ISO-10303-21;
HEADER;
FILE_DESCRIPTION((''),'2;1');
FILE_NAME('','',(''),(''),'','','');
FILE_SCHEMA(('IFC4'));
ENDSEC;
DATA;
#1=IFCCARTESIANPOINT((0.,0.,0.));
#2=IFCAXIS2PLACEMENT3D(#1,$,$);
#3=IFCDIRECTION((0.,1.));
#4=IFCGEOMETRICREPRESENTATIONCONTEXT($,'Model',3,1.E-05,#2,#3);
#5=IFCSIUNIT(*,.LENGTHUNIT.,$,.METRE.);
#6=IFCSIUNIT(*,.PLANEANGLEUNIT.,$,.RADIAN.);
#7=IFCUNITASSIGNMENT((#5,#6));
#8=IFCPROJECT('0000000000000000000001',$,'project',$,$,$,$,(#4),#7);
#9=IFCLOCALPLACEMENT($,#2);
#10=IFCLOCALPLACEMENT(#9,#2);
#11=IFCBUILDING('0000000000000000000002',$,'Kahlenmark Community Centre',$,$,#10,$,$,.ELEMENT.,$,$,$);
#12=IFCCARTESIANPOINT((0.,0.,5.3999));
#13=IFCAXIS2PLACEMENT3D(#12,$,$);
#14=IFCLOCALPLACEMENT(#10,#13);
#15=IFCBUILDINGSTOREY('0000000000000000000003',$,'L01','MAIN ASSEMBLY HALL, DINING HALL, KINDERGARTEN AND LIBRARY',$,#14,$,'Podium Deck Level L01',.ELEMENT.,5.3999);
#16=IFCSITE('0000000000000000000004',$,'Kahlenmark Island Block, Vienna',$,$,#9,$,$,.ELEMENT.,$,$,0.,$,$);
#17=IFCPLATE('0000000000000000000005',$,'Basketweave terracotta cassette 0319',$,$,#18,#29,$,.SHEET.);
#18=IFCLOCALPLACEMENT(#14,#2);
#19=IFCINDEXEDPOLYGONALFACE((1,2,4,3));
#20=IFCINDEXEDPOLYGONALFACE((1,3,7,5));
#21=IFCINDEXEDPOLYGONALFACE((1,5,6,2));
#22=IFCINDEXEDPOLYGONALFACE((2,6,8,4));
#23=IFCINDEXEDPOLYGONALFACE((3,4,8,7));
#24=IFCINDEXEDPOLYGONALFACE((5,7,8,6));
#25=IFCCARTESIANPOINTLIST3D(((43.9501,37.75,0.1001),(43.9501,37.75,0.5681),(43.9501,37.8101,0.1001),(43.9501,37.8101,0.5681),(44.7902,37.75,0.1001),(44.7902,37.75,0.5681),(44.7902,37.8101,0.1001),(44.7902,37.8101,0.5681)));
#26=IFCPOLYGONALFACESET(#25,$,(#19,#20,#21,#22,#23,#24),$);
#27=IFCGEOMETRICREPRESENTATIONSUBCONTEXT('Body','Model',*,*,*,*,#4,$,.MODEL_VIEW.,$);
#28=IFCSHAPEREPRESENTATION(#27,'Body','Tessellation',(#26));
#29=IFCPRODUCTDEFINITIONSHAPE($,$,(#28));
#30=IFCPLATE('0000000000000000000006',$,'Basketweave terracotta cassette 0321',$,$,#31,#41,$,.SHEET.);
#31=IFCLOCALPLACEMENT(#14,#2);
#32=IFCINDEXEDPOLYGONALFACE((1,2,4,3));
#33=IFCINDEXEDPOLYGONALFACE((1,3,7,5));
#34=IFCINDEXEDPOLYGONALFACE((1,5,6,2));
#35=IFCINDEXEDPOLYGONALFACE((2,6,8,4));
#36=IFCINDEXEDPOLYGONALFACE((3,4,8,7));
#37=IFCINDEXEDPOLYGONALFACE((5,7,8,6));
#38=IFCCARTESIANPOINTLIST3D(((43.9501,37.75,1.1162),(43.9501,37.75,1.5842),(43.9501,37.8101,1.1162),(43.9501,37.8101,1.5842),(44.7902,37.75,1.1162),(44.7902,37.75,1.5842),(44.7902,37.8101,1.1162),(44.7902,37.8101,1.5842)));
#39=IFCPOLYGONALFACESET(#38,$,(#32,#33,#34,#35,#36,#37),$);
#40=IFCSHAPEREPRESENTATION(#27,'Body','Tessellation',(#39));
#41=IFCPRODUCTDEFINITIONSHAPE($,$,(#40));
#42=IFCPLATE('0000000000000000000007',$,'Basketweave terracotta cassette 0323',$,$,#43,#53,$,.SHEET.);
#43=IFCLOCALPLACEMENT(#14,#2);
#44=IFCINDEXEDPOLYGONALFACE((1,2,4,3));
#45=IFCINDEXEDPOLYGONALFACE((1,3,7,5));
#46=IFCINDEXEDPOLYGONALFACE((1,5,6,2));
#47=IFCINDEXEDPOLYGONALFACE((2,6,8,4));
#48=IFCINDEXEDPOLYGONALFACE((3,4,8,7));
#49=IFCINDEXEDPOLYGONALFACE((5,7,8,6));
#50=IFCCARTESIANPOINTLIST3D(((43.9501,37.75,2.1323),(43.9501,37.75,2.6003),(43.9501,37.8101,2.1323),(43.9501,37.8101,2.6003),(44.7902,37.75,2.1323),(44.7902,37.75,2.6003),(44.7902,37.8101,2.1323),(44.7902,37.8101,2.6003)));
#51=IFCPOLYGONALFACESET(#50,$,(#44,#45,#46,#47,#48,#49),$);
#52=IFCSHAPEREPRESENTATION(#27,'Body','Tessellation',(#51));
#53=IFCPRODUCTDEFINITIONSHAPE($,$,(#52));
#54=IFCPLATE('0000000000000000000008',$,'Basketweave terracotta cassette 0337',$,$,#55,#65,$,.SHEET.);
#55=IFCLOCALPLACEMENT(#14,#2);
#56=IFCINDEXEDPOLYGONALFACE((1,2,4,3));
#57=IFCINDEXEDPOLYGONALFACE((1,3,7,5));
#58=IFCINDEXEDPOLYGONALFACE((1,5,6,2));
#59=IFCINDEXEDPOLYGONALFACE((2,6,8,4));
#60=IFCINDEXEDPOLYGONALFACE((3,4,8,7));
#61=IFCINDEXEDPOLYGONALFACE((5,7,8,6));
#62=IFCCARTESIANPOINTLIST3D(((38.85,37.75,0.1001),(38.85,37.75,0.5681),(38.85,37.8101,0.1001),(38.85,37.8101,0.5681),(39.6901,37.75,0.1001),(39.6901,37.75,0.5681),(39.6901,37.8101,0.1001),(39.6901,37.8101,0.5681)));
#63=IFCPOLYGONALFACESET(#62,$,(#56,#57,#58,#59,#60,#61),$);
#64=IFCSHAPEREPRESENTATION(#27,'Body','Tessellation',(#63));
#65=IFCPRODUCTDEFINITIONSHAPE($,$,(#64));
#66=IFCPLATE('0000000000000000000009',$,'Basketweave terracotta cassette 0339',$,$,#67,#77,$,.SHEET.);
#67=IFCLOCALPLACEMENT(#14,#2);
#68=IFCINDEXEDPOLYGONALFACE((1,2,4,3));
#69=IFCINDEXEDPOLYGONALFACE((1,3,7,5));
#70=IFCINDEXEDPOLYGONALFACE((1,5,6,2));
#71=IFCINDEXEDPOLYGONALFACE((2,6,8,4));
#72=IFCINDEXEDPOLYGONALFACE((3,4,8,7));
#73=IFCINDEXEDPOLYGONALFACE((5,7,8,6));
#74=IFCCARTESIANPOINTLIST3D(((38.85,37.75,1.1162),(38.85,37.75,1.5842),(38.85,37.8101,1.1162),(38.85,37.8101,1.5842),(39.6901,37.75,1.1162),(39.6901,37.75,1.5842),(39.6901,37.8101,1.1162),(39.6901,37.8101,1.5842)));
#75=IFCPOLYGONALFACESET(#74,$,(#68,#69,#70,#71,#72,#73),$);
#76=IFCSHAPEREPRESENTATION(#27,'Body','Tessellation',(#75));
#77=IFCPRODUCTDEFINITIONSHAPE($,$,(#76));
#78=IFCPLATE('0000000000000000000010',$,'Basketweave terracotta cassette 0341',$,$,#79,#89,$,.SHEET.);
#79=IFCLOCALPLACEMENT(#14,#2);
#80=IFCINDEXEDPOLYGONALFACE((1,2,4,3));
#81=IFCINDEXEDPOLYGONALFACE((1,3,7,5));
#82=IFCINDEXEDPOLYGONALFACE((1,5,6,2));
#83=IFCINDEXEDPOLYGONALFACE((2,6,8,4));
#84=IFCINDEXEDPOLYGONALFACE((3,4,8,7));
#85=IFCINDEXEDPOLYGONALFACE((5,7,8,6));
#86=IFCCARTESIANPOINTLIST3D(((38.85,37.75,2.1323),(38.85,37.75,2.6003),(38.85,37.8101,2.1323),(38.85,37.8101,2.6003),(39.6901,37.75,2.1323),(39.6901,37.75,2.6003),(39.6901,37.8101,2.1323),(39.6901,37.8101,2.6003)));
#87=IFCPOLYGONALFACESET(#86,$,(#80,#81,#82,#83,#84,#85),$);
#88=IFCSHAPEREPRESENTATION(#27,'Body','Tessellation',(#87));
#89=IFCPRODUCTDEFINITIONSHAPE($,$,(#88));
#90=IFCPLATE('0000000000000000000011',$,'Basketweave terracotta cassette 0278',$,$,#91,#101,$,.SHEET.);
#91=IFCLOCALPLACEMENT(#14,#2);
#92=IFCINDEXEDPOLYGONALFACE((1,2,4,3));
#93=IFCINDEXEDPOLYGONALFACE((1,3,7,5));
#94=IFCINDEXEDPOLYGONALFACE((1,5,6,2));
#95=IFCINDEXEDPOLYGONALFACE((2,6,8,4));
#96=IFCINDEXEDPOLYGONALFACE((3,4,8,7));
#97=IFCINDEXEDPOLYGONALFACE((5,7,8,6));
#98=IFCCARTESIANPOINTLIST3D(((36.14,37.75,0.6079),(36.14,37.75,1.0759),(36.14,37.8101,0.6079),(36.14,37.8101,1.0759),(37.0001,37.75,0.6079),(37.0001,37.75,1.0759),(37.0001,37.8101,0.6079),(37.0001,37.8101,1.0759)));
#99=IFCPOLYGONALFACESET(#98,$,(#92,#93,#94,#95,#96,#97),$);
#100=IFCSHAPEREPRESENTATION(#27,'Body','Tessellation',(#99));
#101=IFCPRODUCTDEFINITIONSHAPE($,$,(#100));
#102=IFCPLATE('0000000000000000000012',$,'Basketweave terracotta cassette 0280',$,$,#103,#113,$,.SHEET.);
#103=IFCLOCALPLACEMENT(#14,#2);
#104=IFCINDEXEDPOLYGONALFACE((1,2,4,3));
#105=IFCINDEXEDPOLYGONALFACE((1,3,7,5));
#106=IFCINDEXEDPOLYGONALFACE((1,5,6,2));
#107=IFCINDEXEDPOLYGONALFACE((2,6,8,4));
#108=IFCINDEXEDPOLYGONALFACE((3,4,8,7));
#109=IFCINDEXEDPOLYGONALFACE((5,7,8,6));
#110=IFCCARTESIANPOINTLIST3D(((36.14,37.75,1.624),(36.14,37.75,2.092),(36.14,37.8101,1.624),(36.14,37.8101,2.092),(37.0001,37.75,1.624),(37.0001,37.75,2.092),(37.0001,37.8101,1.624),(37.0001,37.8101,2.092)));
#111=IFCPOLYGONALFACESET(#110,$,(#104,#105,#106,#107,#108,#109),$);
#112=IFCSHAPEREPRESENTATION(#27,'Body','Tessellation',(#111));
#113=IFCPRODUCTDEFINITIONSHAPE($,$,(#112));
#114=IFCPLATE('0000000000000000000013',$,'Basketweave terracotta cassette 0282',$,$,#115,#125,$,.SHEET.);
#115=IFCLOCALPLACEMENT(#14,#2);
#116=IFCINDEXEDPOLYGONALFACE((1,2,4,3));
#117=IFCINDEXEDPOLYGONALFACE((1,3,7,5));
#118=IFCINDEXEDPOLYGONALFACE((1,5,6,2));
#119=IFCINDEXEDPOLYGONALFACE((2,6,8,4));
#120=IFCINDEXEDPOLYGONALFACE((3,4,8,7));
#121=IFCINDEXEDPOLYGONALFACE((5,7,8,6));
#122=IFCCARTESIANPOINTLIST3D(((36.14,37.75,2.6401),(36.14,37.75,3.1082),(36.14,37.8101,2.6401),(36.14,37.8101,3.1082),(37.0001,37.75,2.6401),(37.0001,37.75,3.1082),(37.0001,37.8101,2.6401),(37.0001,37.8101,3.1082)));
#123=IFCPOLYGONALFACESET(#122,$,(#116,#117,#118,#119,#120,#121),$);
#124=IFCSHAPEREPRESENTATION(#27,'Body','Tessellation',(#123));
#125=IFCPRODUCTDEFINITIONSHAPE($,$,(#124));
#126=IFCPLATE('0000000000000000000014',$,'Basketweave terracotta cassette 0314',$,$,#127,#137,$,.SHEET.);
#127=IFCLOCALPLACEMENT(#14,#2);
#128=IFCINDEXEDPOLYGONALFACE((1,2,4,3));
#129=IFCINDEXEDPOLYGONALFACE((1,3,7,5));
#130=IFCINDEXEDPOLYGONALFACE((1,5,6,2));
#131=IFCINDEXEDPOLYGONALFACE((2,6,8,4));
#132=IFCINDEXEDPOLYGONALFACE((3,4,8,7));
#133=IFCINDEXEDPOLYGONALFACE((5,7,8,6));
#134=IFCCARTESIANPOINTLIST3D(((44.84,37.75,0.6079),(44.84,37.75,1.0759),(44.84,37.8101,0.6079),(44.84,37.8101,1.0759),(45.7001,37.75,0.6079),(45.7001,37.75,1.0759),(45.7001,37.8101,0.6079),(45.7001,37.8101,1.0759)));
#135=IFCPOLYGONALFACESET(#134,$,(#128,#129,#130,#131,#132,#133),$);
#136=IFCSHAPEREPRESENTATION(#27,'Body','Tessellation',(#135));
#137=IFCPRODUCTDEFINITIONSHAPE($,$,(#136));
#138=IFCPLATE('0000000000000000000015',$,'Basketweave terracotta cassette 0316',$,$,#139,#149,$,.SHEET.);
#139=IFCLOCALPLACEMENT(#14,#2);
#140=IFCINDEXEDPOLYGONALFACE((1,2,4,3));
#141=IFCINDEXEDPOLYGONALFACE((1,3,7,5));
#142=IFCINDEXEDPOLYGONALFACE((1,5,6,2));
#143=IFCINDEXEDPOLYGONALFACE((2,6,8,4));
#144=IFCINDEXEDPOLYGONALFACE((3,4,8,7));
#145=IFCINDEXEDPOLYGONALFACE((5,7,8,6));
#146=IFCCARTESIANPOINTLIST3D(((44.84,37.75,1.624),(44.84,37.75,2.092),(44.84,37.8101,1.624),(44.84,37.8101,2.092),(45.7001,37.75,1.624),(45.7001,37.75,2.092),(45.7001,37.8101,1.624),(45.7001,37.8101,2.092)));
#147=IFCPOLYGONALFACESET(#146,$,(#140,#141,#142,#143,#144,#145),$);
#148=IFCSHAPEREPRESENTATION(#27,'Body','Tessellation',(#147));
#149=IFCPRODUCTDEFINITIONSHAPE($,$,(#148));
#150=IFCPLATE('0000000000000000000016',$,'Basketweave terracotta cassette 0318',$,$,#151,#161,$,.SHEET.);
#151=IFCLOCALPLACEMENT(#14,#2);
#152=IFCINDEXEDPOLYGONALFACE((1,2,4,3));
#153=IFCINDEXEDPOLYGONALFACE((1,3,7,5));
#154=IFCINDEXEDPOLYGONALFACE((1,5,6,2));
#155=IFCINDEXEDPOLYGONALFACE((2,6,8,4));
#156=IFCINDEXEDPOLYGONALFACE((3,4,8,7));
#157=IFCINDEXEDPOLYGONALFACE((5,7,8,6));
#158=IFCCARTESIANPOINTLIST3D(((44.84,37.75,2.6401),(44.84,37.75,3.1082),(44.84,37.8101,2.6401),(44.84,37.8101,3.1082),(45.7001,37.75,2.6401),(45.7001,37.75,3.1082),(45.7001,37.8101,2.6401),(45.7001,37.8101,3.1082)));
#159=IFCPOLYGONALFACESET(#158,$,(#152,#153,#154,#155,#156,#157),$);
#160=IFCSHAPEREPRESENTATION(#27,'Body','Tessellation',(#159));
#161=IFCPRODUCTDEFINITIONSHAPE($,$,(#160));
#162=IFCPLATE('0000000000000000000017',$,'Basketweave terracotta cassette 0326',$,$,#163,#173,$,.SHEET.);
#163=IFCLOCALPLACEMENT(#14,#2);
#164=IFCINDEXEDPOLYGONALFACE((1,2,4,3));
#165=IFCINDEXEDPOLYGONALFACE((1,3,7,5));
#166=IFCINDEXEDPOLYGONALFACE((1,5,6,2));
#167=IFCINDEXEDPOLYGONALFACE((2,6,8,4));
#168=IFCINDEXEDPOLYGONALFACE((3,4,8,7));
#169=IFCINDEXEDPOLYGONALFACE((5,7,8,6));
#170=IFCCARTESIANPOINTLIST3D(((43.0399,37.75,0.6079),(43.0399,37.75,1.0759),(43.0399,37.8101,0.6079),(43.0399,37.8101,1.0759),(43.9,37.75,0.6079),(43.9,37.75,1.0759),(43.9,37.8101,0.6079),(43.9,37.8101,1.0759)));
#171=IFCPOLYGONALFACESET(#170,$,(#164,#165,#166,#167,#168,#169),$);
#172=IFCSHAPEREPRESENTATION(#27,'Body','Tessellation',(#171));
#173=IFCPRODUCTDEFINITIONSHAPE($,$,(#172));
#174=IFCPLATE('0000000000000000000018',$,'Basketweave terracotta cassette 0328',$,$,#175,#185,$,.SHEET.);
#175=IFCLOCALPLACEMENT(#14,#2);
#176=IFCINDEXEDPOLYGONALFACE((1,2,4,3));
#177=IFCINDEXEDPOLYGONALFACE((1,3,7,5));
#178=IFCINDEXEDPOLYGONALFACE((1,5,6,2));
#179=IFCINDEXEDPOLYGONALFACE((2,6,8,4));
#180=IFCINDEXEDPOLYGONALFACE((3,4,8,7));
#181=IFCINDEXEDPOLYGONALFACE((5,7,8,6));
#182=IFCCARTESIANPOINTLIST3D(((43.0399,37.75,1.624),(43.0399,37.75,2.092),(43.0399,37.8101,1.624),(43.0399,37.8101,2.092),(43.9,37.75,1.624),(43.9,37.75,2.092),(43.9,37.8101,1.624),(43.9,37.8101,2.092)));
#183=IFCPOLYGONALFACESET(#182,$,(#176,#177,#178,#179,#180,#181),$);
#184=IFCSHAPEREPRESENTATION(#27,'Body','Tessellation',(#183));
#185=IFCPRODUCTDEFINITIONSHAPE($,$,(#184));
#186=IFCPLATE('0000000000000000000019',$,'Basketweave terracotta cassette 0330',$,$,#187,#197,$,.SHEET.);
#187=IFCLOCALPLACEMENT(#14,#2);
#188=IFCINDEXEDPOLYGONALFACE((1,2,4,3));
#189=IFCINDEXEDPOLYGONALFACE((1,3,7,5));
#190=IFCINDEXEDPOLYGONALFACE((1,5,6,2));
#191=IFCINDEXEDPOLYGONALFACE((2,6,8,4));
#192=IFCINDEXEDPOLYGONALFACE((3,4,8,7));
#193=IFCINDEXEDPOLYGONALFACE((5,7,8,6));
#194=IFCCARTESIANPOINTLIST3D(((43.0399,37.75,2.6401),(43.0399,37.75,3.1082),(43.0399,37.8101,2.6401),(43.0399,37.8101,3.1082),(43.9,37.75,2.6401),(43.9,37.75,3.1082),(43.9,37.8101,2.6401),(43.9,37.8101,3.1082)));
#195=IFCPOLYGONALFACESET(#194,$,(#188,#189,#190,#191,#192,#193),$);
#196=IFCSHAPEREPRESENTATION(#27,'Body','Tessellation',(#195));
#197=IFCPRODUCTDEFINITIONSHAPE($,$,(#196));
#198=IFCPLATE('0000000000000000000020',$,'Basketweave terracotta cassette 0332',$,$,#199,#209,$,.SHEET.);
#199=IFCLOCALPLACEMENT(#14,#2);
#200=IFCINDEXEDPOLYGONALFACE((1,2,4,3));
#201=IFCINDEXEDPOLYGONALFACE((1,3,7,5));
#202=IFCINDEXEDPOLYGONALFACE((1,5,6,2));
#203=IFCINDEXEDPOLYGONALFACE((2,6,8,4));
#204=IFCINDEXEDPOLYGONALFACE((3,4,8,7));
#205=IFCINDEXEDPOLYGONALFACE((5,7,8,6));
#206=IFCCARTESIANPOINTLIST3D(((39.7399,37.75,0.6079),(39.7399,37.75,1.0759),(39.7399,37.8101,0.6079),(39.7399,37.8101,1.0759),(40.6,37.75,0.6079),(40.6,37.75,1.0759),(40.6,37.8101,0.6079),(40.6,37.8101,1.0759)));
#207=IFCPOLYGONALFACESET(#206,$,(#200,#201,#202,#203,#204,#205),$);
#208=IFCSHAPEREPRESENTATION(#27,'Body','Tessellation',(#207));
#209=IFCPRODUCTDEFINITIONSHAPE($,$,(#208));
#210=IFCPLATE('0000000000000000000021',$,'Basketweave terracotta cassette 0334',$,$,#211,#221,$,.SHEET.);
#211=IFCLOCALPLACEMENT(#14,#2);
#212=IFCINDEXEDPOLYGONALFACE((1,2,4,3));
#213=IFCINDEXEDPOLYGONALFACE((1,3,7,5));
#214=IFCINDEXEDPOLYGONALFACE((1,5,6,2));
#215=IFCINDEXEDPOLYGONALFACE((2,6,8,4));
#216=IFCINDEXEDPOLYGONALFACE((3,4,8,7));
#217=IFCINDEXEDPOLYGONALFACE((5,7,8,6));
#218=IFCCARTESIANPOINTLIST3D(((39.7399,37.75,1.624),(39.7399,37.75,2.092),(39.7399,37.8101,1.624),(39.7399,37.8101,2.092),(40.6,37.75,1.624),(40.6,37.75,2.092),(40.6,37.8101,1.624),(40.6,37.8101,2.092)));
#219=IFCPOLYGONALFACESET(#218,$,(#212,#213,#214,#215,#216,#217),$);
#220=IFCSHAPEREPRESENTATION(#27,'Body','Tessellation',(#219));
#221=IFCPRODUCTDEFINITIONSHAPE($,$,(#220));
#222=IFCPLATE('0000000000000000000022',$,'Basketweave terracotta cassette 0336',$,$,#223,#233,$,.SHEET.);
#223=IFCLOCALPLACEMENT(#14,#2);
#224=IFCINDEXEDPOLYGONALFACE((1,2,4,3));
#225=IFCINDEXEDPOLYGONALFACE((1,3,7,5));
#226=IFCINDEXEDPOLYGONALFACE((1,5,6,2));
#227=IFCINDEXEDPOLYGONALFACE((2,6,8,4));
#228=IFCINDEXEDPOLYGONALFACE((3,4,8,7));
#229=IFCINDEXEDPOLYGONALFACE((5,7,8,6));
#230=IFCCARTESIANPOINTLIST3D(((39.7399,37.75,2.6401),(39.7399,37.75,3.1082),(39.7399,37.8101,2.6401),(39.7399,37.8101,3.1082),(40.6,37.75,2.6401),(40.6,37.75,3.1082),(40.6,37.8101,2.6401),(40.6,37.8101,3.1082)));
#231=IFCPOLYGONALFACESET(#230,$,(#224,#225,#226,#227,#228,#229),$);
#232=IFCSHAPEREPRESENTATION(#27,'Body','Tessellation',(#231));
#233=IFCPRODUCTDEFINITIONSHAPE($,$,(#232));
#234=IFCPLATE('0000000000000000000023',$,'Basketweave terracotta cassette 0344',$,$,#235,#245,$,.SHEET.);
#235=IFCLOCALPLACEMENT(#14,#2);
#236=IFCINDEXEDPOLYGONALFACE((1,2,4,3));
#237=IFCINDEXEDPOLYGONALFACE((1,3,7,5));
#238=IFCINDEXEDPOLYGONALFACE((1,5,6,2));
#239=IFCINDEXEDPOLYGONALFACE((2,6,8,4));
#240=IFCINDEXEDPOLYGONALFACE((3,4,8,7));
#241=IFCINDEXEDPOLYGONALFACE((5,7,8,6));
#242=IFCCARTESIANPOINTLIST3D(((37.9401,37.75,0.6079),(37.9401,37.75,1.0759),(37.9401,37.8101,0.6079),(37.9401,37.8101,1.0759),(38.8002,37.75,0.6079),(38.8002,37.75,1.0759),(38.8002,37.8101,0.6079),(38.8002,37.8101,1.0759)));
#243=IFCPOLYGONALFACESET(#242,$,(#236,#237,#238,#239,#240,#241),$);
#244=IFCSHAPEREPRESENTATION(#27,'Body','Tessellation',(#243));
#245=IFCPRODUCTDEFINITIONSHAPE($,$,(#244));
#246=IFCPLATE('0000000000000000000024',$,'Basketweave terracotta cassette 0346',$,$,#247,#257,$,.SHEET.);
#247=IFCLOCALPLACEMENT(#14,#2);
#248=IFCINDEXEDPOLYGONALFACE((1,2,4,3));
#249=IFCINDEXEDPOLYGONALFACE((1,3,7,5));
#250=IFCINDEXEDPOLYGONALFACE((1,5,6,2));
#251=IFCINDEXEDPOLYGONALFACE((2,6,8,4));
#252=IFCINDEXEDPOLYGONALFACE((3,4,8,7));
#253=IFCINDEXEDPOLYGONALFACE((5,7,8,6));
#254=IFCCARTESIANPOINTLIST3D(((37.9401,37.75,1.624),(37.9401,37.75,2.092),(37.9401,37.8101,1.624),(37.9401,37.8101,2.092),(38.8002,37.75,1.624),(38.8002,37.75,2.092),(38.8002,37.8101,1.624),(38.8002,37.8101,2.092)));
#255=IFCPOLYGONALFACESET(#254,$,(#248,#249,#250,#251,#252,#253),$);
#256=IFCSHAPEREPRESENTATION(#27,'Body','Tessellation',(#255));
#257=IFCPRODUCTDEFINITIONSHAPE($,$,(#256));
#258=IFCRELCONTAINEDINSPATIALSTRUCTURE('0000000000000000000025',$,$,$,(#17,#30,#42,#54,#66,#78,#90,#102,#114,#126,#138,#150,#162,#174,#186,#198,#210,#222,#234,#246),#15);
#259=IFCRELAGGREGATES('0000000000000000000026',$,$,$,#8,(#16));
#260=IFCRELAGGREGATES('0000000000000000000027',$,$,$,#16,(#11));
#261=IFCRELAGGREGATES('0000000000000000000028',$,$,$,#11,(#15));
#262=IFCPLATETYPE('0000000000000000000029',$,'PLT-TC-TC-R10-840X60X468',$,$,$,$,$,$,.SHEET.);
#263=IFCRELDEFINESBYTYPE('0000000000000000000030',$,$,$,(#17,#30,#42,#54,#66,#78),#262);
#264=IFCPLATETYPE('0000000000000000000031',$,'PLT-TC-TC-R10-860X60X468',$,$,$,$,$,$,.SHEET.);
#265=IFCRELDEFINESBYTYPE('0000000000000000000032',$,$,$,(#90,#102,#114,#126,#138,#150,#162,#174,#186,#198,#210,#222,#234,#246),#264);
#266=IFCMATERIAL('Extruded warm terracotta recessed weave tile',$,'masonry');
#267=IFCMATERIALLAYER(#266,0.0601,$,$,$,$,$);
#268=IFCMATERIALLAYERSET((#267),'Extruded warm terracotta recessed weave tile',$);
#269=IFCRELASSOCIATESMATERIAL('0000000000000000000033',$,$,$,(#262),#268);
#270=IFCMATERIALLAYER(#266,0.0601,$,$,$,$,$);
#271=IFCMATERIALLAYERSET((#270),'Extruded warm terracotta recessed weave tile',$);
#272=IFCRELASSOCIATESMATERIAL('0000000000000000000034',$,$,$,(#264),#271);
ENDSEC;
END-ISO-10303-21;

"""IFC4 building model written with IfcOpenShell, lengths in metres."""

from ifc_helpers import new_model, si_unit, direction, frame, origin, origin_2d, place, context, subcontext, project, spatial, rectangle, extrude, material, layer, layer_set, type_object, element, save


model = new_model("IFC4")

# Units and contexts
model_context = context("Model", 3, precision=1e-05, world=origin(), true_north=direction((0.0, 1.0)))
body_context = subcontext(model_context, "Body", "Model", "MODEL_VIEW")
ifc_project = project(units=[si_unit("LENGTHUNIT", "METRE"), si_unit("PLANEANGLEUNIT", "RADIAN")], contexts=[model_context])

# Site, building, storey
site_placement = place(None, origin())
site = spatial("IfcSite", under=ifc_project, at=site_placement, Name="Kahlenmark Island Block, Vienna", CompositionType="ELEMENT", RefElevation=0.0)
building_placement = place(site_placement, origin())
building = spatial("IfcBuilding", under=site, at=building_placement, Name="Kahlenmark Community Centre", CompositionType="ELEMENT")
storey_placement = place(building_placement, frame((0.0, 0.0, 5.3999)))
storey = spatial("IfcBuildingStorey", under=building, at=storey_placement, Name="L01", Description="MAIN ASSEMBLY HALL, DINING HALL, KINDERGARTEN AND LIBRARY", LongName="Podium Deck Level L01", CompositionType="ELEMENT", Elevation=5.3999)

# Plates
ifc_material = material(Name="Extruded warm terracotta recessed weave tile", Category="masonry")
ifc_layer_1 = layer(ifc_material, 0.0601)
ifc_layer_set_1 = layer_set([ifc_layer_1], Name="Extruded warm terracotta recessed weave tile")
plate_type_1 = type_object("IfcPlateType", Name="PLT-TC-TC-R10-840X60X468", PredefinedType="SHEET", material=ifc_layer_set_1)
for number, where, z_axis, x_axis, name in (
    (1, (44.3701, 37.78, 0.1001), (0.0, 0.0, 1.0), (-1.0, 0.0, 0.0), "Basketweave terracotta cassette 0319"),
    (2, (44.3701, 37.78, 1.1162), (0.0, 0.0, 1.0), (-1.0, 0.0, 0.0), "Basketweave terracotta cassette 0321"),
    (3, (44.3701, 37.78, 2.1323), (0.0, 0.0, 1.0), (-1.0, 0.0, 0.0), "Basketweave terracotta cassette 0323"),
    (4, (39.27, 37.78, 0.1001), (0.0, 0.0, 1.0), (-1.0, 0.0, 0.0), "Basketweave terracotta cassette 0337"),
    (5, (39.27, 37.78, 1.1162), (0.0, 0.0, 1.0), (-1.0, 0.0, 0.0), "Basketweave terracotta cassette 0339"),
    (6, (39.27, 37.78, 2.1323), (0.0, 0.0, 1.0), (-1.0, 0.0, 0.0), "Basketweave terracotta cassette 0341"),
):
    element("IfcPlate", number, at=place(storey_placement, frame(where, z_axis=z_axis, x_axis=x_axis)), inside=storey, type_object=plate_type_1, Name=name, PredefinedType="SHEET", context=body_context, shape_type="SweptSolid", body=[
        extrude(rectangle(XDim=0.8401, YDim=0.0601, at=origin_2d()), origin(), (0.0, 0.0, 1.0), 0.468),
    ])
ifc_layer_2 = layer(ifc_material, 0.0601)
ifc_layer_set_2 = layer_set([ifc_layer_2], Name="Extruded warm terracotta recessed weave tile")
plate_type_2 = type_object("IfcPlateType", Name="PLT-TC-TC-R10-860X60X468", PredefinedType="SHEET", material=ifc_layer_set_2)
for number, where, z_axis, x_axis, name in (
    (7, (36.5701, 37.78, 0.6079), (0.0, 0.0, 1.0), (-1.0, 0.0, 0.0), "Basketweave terracotta cassette 0278"),
    (8, (36.5701, 37.78, 1.624), (0.0, 0.0, 1.0), (-1.0, 0.0, 0.0), "Basketweave terracotta cassette 0280"),
    (9, (36.5701, 37.78, 2.6401), (0.0, 0.0, 1.0), (-1.0, 0.0, 0.0), "Basketweave terracotta cassette 0282"),
    (10, (45.27, 37.78, 0.6079), (0.0, 0.0, 1.0), (-1.0, 0.0, 0.0), "Basketweave terracotta cassette 0314"),
    (11, (45.27, 37.78, 1.624), (0.0, 0.0, 1.0), (-1.0, 0.0, 0.0), "Basketweave terracotta cassette 0316"),
    (12, (45.27, 37.78, 2.6401), (0.0, 0.0, 1.0), (-1.0, 0.0, 0.0), "Basketweave terracotta cassette 0318"),
    (13, (43.47, 37.78, 0.6079), (0.0, 0.0, 1.0), (-1.0, 0.0, 0.0), "Basketweave terracotta cassette 0326"),
    (14, (43.47, 37.78, 1.624), (0.0, 0.0, 1.0), (-1.0, 0.0, 0.0), "Basketweave terracotta cassette 0328"),
    (15, (43.47, 37.78, 2.6401), (0.0, 0.0, 1.0), (-1.0, 0.0, 0.0), "Basketweave terracotta cassette 0330"),
    (16, (40.1699, 37.78, 0.6079), (0.0, 0.0, 1.0), (-1.0, 0.0, 0.0), "Basketweave terracotta cassette 0332"),
    (17, (40.1699, 37.78, 1.624), (0.0, 0.0, 1.0), (-1.0, 0.0, 0.0), "Basketweave terracotta cassette 0334"),
    (18, (40.1699, 37.78, 2.6401), (0.0, 0.0, 1.0), (-1.0, 0.0, 0.0), "Basketweave terracotta cassette 0336"),
    (19, (38.3701, 37.78, 0.6079), (0.0, 0.0, 1.0), (-1.0, 0.0, 0.0), "Basketweave terracotta cassette 0344"),
    (20, (38.3701, 37.78, 1.624), (0.0, 0.0, 1.0), (-1.0, 0.0, 0.0), "Basketweave terracotta cassette 0346"),
):
    element("IfcPlate", number, at=place(storey_placement, frame(where, z_axis=z_axis, x_axis=x_axis)), inside=storey, type_object=plate_type_2, Name=name, PredefinedType="SHEET", context=body_context, shape_type="SweptSolid", body=[
        extrude(rectangle(XDim=0.8601, YDim=0.0601, at=origin_2d()), origin(), (0.0, 0.0, 1.0), 0.468),
    ])

save(model, "model.ifc")
